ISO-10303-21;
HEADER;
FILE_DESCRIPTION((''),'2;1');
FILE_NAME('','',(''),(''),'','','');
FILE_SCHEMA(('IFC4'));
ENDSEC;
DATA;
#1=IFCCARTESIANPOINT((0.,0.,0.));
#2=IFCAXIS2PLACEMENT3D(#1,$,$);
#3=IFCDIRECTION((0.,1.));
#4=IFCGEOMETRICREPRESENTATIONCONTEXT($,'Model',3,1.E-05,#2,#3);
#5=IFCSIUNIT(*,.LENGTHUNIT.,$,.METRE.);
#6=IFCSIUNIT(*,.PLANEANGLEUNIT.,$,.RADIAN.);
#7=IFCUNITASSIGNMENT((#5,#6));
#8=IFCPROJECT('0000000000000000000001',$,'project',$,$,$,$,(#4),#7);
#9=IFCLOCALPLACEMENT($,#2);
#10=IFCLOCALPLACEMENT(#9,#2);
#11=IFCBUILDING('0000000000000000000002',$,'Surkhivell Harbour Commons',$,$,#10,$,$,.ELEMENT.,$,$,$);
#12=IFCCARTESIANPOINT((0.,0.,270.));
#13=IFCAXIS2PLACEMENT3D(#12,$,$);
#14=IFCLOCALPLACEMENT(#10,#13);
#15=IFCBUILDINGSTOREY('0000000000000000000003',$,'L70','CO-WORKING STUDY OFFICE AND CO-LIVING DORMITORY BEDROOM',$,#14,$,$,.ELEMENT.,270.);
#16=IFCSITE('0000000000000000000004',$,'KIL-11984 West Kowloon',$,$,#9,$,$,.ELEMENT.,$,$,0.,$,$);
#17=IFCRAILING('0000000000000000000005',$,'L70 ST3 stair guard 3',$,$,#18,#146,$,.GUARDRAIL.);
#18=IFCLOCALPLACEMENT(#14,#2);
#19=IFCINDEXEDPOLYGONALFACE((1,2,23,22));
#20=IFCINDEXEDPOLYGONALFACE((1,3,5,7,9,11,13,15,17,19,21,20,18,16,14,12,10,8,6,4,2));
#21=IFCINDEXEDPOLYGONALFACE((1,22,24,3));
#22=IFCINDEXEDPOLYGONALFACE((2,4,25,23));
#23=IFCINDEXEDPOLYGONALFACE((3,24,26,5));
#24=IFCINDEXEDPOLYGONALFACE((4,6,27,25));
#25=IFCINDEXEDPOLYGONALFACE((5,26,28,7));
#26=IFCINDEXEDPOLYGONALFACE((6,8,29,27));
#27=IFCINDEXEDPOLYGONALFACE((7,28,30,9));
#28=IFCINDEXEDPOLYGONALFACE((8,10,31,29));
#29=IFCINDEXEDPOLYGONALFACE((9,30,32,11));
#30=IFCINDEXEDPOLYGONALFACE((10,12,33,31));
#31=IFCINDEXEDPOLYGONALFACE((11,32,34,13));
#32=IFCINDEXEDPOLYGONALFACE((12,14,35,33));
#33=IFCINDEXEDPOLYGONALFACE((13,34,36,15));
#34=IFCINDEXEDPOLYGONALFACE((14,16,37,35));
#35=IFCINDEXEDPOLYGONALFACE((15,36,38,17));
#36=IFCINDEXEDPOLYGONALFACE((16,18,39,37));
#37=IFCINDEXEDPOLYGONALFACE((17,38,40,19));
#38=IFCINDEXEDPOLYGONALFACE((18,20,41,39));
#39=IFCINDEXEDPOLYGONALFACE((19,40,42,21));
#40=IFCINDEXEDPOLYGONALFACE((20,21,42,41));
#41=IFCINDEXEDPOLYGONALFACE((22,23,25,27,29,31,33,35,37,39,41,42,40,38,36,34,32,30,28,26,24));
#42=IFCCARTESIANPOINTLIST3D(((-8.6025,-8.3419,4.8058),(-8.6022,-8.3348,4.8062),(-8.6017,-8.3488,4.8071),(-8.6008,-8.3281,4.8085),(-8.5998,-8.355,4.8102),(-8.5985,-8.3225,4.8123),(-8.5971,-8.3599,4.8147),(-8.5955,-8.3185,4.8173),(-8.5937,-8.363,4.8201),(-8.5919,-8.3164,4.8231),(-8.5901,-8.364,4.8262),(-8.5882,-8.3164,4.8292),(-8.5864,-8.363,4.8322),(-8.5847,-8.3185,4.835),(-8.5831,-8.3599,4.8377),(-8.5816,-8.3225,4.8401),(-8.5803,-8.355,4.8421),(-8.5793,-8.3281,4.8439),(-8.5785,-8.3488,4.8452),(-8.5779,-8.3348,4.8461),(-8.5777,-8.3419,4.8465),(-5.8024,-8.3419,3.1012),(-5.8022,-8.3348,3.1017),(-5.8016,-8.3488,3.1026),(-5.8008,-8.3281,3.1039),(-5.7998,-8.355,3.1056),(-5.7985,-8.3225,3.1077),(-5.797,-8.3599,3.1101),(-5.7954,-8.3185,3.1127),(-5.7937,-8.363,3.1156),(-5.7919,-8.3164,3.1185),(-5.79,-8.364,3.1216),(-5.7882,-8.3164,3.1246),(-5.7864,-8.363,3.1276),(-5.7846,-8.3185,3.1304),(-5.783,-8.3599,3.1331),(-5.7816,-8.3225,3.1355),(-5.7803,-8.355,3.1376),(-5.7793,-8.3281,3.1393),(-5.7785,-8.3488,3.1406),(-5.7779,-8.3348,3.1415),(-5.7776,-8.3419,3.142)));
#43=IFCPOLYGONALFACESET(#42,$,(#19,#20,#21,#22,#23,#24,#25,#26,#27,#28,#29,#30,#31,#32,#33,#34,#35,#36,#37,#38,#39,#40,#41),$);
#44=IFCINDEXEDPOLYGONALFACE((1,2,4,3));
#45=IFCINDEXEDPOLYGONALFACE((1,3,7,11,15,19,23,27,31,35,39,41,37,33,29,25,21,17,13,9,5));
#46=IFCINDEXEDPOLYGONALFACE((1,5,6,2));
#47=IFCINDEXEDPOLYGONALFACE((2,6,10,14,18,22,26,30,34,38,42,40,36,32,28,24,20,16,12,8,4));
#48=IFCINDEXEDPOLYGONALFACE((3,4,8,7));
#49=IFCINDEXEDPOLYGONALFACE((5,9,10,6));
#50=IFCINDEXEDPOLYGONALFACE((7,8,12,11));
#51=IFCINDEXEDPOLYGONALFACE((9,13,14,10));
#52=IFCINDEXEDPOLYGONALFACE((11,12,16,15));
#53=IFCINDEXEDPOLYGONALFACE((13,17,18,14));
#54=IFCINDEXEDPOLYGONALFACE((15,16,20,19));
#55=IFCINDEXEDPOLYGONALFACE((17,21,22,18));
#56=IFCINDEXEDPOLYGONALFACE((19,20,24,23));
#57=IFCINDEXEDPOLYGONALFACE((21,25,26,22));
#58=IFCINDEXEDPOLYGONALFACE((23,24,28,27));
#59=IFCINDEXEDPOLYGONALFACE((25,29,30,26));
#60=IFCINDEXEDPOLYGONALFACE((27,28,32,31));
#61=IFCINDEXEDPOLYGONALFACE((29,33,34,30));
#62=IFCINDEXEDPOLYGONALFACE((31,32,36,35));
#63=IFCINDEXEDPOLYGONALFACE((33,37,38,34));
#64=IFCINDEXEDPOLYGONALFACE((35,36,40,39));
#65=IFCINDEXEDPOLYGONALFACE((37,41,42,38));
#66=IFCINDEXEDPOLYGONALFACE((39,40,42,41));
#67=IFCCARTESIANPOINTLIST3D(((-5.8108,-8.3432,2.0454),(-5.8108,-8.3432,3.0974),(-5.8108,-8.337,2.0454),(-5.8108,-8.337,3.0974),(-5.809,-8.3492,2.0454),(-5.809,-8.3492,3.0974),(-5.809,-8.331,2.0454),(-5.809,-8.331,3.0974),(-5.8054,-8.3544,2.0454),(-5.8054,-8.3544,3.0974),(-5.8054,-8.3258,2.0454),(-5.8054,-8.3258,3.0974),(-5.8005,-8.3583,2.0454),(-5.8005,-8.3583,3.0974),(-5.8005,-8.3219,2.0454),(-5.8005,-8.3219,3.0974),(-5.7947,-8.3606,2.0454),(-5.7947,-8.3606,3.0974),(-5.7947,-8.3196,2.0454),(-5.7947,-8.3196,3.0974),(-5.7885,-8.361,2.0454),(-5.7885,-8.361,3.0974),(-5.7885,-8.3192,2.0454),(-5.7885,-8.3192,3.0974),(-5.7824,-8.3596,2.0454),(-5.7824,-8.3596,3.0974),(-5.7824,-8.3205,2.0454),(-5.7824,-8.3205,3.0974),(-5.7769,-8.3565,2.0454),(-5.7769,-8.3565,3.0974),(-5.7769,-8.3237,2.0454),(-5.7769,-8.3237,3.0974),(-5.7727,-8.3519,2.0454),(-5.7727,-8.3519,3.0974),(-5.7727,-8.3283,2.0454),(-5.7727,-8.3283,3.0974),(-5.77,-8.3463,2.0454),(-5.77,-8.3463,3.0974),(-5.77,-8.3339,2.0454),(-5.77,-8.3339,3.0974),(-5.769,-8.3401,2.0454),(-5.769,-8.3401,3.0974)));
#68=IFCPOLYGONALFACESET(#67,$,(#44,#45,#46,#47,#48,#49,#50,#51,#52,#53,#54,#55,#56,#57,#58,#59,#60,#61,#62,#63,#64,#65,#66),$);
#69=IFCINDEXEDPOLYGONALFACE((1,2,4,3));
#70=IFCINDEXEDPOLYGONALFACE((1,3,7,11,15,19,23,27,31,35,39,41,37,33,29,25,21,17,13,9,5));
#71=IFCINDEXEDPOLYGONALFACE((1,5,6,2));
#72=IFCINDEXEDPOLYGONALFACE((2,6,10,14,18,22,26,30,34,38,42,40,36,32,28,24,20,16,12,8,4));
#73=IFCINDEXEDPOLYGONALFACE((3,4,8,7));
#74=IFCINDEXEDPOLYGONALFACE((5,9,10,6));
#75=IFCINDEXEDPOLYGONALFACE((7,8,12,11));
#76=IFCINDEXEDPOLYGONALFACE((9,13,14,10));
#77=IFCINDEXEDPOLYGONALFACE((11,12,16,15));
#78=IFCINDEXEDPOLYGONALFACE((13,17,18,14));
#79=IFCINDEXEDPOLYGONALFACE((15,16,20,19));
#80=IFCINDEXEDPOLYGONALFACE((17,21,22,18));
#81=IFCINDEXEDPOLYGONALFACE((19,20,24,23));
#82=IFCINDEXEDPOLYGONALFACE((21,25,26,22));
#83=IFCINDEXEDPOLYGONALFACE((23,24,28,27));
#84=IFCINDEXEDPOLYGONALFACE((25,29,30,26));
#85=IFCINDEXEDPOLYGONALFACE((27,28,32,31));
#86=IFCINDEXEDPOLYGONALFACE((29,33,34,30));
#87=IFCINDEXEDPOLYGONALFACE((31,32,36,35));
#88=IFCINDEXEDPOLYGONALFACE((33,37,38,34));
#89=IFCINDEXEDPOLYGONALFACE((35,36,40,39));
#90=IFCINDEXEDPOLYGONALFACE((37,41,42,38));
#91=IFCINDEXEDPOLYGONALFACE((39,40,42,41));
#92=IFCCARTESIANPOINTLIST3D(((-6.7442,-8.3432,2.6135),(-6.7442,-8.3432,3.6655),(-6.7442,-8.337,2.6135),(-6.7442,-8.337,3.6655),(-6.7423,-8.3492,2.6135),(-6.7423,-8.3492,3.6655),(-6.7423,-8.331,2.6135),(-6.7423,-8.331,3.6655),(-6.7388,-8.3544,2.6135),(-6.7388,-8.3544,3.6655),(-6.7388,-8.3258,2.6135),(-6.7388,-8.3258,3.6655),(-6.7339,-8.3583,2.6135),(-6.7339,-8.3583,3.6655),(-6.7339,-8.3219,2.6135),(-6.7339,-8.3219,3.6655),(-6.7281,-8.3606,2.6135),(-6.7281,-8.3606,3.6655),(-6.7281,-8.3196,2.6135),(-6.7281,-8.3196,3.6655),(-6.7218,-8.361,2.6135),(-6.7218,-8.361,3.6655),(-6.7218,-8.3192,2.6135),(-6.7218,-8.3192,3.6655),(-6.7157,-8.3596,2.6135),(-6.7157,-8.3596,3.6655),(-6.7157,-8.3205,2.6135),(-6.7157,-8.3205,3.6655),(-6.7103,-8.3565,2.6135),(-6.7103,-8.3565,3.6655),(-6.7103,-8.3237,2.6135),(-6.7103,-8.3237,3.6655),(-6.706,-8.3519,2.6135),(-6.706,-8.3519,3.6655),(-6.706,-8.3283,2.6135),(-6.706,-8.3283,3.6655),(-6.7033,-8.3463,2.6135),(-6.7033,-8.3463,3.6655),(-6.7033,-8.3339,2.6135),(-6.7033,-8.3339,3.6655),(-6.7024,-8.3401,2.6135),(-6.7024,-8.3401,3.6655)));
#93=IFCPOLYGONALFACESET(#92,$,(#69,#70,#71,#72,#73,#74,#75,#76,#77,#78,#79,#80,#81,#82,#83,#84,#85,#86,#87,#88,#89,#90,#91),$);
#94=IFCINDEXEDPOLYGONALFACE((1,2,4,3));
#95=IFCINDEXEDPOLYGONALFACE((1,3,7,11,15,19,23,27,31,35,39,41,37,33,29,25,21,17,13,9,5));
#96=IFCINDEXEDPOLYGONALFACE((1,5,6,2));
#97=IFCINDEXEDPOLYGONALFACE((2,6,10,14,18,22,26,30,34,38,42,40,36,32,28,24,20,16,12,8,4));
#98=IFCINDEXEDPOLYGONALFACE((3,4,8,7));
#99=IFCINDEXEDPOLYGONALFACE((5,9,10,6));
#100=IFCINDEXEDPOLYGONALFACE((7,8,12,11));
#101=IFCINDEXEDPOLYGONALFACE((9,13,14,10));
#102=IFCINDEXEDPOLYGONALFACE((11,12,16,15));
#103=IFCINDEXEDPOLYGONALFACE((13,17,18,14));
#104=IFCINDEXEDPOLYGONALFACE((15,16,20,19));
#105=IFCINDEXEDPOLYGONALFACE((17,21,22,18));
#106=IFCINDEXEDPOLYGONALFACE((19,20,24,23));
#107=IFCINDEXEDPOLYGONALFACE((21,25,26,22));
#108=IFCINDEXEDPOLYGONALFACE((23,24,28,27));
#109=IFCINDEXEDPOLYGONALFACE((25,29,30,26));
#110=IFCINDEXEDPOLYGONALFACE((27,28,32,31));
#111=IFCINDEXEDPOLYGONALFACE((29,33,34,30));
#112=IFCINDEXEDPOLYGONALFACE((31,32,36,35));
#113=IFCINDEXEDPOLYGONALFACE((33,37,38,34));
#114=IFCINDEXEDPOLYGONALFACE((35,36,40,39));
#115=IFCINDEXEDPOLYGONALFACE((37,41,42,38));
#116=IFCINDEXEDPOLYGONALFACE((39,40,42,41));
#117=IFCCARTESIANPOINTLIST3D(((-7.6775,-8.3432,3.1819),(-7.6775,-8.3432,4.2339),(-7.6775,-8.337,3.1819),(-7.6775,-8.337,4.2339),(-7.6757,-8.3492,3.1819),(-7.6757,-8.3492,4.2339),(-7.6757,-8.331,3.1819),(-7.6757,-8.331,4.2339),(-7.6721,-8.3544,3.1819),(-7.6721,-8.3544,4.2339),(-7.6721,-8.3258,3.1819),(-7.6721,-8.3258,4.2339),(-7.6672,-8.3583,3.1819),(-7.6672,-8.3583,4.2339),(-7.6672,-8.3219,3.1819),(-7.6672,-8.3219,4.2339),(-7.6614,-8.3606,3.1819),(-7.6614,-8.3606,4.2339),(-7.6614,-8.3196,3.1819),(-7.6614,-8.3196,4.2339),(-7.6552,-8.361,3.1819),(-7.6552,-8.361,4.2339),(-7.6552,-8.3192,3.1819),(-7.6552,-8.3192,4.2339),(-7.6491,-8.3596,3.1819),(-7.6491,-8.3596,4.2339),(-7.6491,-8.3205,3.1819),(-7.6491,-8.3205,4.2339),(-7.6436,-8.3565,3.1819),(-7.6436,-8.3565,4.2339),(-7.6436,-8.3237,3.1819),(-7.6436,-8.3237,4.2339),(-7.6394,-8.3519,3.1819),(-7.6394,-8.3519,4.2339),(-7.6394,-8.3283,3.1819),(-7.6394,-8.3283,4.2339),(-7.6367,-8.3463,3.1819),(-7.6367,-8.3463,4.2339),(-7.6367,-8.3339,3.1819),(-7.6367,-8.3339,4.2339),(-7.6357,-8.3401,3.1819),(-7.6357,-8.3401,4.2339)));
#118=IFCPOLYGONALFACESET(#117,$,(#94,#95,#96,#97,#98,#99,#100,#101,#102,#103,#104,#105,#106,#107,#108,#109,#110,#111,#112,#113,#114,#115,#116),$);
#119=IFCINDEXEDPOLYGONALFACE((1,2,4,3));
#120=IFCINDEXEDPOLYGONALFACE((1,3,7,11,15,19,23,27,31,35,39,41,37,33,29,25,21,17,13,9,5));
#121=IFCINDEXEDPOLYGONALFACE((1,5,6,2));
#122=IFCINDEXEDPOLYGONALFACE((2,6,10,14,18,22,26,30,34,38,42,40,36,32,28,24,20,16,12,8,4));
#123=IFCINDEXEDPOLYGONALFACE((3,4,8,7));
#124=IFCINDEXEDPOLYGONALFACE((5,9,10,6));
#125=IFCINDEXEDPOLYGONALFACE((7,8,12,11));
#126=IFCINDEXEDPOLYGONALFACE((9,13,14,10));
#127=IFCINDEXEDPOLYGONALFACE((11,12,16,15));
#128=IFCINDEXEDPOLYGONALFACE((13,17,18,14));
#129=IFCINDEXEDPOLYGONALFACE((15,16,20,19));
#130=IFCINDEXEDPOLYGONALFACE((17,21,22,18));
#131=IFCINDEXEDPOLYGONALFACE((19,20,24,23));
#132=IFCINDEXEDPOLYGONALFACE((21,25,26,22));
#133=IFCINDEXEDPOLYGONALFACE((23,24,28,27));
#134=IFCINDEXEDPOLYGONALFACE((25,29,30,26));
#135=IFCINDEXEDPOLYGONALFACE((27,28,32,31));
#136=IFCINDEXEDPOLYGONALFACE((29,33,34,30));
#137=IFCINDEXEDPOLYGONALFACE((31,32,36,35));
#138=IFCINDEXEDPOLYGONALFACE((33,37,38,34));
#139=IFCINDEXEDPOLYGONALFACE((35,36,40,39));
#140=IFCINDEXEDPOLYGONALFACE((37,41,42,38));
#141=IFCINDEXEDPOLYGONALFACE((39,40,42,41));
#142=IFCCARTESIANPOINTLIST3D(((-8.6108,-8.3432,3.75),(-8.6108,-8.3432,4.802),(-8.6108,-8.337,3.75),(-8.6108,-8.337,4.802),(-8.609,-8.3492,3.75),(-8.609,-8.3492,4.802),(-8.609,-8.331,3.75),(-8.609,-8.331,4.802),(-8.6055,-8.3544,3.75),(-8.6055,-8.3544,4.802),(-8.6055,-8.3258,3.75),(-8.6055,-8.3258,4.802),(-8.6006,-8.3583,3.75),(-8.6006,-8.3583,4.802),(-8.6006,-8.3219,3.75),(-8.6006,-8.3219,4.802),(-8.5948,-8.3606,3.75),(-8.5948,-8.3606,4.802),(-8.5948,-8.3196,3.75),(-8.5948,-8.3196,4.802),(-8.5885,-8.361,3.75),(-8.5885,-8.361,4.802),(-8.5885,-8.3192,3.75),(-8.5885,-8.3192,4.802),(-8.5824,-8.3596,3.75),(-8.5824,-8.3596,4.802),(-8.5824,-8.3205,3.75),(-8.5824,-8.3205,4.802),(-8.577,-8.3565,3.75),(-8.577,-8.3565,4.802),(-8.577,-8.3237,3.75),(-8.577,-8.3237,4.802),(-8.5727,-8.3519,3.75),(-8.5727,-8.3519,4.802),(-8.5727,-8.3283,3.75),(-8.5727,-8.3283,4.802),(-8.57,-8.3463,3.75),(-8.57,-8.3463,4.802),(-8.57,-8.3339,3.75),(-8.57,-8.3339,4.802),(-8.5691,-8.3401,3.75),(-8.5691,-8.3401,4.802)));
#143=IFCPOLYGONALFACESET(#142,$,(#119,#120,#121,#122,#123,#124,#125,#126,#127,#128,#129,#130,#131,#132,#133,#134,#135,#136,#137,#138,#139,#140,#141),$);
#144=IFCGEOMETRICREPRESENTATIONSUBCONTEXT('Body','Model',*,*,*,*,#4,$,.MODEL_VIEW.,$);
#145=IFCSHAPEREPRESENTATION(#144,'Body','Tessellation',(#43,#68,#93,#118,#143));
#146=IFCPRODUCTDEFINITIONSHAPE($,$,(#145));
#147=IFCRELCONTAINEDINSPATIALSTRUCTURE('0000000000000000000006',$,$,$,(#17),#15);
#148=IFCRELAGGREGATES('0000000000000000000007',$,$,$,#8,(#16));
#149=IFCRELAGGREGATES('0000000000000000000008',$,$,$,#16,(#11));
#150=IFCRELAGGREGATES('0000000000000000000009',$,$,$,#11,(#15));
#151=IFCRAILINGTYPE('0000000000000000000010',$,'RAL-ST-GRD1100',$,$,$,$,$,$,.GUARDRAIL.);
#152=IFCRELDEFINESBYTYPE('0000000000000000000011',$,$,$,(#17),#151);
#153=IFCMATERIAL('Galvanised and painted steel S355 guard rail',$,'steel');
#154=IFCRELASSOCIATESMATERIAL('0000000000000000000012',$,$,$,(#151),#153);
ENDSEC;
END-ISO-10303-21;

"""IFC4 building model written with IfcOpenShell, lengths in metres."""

from ifc_helpers import new_model, si_unit, direction, frame, origin, origin_2d, place, context, subcontext, project, spatial, circle, extrude, material, type_object, element, save


model = new_model("IFC4")

# Units and contexts
model_context = context("Model", 3, precision=1e-05, world=origin(), true_north=direction((0.0, 1.0)))
body_context = subcontext(model_context, "Body", "Model", "MODEL_VIEW")
ifc_project = project(units=[si_unit("LENGTHUNIT", "METRE"), si_unit("PLANEANGLEUNIT", "RADIAN")], contexts=[model_context])

# Site, building, storey
site_placement = place(None, origin())
site = spatial("IfcSite", under=ifc_project, at=site_placement, Name="KIL-11984 West Kowloon", CompositionType="ELEMENT", RefElevation=0.0)
building_placement = place(site_placement, origin())
building = spatial("IfcBuilding", under=site, at=building_placement, Name="Surkhivell Harbour Commons", CompositionType="ELEMENT")
storey_placement = place(building_placement, frame((0.0, 0.0, 270.0)))
storey = spatial("IfcBuildingStorey", under=building, at=storey_placement, Name="L70", Description="CO-WORKING STUDY OFFICE AND CO-LIVING DORMITORY BEDROOM", CompositionType="ELEMENT", Elevation=270.0)

# Railing
ifc_material_1 = material(Name="Galvanised and painted steel S355 guard rail", Category="steel")
railing_type_1 = type_object("IfcRailingType", Name="RAL-ST-GRD1100", PredefinedType="GUARDRAIL", material=ifc_material_1)
railing_1_placement = place(storey_placement, frame((-5.79, -8.3401, 2.0454)))
element("IfcRailing", 1, at=railing_1_placement, inside=storey, type_object=railing_type_1, Name="L70 ST3 stair guard 3", PredefinedType="GUARDRAIL", context=body_context, shape_type="SweptSolid", body=[
    extrude(circle(Radius=0.0239, at=origin_2d()), frame((0.0, 0.0, 1.0762), z_axis=(-0.85417, 0.0, 0.519994), x_axis=(0.0, -1.0, 0.0)), (0.0, 0.0, 1.0), 3.2781),
    extrude(circle(Radius=0.021, at=origin_2d()), origin(), (0.0, 0.0, 1.0), 1.052),
    extrude(circle(Radius=0.021, at=origin_2d()), frame((-0.9333, 0.0, 0.5681)), (0.0, 0.0, 1.0), 1.052),
    extrude(circle(Radius=0.021, at=origin_2d()), frame((-1.8667, 0.0, 1.1365)), (0.0, 0.0, 1.0), 1.052),
    extrude(circle(Radius=0.021, at=origin_2d()), frame((-2.8, 0.0, 1.7046)), (0.0, 0.0, 1.0), 1.052),
])

save(model, "model.ifc")
